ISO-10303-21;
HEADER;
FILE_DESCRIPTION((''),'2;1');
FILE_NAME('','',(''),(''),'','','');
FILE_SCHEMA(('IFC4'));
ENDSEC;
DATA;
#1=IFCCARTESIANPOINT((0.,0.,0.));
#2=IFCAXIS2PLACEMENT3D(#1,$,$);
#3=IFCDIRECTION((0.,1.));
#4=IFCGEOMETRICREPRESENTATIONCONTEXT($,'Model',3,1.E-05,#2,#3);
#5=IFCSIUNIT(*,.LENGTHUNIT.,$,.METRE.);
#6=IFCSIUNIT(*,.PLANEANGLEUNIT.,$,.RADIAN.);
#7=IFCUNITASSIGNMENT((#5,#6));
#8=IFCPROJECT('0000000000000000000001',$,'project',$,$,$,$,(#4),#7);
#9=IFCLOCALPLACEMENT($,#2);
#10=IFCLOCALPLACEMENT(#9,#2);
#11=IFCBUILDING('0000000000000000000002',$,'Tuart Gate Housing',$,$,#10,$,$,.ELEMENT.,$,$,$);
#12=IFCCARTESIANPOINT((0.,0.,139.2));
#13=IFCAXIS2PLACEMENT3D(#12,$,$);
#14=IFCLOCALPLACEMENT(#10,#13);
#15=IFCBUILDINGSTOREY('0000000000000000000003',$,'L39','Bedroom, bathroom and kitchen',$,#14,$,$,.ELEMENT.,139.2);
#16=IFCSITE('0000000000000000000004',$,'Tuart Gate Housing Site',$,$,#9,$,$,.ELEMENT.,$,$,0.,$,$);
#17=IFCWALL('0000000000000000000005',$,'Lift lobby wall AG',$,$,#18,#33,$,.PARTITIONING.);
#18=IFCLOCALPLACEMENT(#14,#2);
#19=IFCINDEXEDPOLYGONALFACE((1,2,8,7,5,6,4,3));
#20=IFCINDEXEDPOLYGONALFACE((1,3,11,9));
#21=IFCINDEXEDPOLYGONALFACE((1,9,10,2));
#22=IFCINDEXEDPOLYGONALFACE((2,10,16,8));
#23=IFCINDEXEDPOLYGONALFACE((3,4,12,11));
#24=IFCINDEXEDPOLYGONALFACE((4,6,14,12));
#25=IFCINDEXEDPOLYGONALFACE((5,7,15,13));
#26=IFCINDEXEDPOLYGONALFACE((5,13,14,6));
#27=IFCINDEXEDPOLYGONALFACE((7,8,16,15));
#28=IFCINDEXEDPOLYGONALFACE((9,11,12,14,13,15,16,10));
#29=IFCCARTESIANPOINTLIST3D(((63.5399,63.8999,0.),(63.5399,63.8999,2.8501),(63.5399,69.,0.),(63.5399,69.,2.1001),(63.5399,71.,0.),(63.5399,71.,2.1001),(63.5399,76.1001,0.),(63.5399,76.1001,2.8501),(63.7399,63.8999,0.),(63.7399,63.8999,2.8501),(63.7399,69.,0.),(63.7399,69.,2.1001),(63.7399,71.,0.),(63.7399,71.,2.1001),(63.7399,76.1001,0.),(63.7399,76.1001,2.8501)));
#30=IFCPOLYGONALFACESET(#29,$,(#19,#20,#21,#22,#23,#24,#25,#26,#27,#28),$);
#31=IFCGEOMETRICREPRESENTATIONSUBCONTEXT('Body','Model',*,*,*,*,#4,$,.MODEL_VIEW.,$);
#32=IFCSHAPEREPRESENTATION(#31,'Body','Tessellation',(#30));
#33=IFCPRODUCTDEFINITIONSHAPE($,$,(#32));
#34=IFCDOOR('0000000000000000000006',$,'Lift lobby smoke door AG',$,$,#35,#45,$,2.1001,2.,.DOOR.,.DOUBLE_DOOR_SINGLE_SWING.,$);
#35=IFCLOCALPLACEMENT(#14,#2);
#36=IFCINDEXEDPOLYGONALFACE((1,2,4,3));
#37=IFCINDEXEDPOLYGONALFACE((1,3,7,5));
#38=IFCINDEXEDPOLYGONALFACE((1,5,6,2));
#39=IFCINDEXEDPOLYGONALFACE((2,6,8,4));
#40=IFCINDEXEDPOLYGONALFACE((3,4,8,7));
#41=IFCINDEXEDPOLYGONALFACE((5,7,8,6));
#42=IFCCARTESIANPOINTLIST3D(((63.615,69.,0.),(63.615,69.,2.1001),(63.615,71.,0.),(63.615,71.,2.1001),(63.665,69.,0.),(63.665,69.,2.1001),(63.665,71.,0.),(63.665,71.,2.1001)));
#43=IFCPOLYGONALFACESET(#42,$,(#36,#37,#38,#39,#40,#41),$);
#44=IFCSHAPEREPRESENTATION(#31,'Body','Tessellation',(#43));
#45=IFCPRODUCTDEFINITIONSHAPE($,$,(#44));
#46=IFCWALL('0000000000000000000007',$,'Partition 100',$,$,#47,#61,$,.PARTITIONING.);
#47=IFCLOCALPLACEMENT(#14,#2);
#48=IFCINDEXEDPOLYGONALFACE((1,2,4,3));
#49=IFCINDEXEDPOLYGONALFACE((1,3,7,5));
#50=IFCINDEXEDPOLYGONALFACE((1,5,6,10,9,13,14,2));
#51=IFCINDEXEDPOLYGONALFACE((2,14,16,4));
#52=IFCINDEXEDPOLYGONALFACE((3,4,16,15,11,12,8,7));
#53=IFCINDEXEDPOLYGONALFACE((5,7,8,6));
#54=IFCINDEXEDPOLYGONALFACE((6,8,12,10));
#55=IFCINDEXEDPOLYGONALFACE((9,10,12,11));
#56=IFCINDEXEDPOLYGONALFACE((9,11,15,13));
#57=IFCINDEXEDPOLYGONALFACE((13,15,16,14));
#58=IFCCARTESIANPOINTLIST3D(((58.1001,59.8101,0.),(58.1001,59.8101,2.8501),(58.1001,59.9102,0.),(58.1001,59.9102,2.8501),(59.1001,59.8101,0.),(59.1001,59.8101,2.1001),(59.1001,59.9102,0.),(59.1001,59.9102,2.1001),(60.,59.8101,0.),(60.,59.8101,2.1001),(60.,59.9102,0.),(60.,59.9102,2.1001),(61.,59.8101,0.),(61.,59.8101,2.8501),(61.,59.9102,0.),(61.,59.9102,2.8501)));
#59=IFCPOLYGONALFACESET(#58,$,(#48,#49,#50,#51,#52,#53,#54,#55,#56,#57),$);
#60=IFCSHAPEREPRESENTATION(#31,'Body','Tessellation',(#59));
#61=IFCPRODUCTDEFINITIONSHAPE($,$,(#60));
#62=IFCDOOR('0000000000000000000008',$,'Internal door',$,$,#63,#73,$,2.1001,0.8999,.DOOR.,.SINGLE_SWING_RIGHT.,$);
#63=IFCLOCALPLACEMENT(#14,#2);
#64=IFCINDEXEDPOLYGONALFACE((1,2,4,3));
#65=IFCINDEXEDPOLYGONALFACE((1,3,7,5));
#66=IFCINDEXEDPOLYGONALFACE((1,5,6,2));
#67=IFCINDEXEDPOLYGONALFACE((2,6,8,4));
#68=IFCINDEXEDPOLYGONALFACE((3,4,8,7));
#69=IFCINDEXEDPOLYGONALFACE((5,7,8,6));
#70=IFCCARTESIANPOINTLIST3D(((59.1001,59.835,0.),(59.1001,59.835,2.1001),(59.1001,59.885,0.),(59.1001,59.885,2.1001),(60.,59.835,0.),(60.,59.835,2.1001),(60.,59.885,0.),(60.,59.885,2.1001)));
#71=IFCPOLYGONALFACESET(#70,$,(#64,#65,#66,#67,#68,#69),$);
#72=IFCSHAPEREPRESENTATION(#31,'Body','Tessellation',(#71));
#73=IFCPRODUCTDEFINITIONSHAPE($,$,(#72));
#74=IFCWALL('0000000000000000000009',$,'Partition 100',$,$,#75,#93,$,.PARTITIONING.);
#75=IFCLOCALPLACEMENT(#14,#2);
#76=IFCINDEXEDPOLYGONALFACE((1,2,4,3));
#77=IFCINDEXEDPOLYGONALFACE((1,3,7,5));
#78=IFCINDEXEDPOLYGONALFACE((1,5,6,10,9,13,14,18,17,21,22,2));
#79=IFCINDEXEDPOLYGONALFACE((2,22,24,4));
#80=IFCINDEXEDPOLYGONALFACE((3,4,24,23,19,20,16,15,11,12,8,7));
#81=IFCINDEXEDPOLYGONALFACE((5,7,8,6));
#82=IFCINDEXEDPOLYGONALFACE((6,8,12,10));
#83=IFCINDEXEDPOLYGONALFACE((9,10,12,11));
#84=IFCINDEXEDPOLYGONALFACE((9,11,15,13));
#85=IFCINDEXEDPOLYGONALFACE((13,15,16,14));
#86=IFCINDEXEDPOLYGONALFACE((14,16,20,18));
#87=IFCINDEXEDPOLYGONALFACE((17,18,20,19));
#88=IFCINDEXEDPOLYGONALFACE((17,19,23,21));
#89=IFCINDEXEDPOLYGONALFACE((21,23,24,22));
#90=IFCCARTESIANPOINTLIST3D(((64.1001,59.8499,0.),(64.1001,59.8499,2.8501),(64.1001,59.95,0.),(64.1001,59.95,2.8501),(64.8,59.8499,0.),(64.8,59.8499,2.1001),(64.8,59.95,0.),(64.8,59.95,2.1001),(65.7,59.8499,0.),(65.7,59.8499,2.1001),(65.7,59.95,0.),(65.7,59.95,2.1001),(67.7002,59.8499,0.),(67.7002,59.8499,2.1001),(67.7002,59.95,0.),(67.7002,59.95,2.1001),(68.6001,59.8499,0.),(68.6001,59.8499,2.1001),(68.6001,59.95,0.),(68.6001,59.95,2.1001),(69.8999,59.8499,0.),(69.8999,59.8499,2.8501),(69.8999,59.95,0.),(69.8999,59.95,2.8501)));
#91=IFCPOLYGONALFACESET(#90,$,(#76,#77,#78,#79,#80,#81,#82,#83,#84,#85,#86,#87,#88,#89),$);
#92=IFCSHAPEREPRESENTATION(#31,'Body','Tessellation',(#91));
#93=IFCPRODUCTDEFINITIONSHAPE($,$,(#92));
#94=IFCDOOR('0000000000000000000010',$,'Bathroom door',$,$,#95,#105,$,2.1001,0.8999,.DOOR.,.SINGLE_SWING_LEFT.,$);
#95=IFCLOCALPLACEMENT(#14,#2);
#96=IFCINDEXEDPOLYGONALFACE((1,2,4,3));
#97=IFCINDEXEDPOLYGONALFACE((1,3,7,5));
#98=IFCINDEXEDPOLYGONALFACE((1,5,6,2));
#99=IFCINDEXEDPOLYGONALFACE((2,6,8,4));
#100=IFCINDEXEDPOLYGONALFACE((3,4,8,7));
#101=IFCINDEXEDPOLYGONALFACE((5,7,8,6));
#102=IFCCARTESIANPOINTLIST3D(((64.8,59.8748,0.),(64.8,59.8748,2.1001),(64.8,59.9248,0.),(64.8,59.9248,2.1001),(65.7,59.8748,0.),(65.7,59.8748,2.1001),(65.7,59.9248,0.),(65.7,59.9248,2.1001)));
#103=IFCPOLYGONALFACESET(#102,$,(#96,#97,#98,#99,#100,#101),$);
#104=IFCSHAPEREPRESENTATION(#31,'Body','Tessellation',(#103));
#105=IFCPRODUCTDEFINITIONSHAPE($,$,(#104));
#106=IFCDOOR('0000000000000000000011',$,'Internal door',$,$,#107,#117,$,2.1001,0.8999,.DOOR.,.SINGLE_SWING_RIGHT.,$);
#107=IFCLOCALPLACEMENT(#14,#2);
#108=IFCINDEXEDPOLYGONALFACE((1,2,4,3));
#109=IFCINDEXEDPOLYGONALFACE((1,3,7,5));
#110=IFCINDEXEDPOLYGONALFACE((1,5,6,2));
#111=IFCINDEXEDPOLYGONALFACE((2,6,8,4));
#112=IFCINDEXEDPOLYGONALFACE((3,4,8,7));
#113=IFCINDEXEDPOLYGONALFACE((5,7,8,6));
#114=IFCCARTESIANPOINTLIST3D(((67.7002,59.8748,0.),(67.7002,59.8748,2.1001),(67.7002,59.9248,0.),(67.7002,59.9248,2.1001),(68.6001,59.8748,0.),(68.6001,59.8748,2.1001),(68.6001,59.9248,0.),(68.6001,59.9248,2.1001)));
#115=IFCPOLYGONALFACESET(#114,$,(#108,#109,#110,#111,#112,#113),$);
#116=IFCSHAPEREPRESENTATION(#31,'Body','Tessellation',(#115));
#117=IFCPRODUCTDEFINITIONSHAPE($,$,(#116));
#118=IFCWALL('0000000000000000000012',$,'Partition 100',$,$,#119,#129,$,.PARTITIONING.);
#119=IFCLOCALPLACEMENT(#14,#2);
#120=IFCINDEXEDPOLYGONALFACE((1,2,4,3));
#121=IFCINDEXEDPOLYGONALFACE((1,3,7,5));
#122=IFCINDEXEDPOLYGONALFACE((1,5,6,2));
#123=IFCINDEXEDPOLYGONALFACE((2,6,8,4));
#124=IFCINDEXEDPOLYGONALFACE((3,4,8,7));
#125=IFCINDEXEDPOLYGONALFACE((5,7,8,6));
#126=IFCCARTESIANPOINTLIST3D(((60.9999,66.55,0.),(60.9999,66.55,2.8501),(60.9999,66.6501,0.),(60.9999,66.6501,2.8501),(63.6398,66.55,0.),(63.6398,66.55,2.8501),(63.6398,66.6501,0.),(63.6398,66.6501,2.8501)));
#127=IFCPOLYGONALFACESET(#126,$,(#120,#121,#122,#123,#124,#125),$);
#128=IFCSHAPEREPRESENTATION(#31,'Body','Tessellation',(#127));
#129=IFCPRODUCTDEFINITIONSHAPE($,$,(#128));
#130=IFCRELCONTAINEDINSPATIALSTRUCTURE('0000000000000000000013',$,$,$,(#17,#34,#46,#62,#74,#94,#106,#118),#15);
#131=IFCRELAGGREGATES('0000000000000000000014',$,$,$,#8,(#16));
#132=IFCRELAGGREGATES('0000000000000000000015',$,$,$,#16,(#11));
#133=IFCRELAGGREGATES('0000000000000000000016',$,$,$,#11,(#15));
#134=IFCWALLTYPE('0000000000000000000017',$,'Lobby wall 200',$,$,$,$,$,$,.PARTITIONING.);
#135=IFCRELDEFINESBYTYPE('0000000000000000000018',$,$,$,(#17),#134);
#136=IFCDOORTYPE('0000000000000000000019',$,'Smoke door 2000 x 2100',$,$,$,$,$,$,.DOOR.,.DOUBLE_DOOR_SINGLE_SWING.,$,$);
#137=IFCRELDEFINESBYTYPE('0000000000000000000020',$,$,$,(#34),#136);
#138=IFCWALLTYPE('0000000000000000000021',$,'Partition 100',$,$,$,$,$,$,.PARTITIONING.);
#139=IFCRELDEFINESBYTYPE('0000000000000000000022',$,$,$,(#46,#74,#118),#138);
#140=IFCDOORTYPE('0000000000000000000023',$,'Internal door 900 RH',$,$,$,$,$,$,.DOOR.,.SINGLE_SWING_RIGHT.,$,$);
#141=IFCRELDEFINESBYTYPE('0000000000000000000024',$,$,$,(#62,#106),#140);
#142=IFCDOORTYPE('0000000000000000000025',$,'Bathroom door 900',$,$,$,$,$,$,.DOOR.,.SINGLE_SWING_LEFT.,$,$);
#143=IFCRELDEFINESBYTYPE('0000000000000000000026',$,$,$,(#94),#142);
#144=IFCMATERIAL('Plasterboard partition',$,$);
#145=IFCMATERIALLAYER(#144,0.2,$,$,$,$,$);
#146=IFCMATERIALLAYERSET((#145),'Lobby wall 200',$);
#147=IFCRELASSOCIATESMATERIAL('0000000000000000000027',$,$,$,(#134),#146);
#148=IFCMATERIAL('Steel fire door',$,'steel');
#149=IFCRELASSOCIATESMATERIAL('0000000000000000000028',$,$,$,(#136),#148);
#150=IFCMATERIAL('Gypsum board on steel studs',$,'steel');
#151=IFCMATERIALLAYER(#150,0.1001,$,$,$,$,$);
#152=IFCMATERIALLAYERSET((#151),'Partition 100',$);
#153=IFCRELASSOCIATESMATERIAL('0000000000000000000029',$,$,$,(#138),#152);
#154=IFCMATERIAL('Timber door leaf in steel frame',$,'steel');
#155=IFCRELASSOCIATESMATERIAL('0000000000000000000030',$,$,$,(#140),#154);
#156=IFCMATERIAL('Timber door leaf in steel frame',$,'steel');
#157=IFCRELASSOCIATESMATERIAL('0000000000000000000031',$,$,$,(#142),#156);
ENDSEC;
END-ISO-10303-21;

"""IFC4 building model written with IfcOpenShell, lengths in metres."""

from ifc_helpers import new_model, si_unit, direction, frame, frame_2d, origin, place, context, subcontext, project, spatial, rectangle, extrude, material, layer, layer_set, type_object, element, fill, save


model = new_model("IFC4")

# Units and contexts
model_context = context("Model", 3, precision=1e-05, world=origin(), true_north=direction((0.0, 1.0)))
body_context = subcontext(model_context, "Body", "Model", "MODEL_VIEW")
ifc_project = project(units=[si_unit("LENGTHUNIT", "METRE"), si_unit("PLANEANGLEUNIT", "RADIAN")], contexts=[model_context])

# Site, building, storey
site_placement = place(None, origin())
site = spatial("IfcSite", under=ifc_project, at=site_placement, Name="Tuart Gate Housing Site", CompositionType="ELEMENT", RefElevation=0.0)
building_placement = place(site_placement, origin())
building = spatial("IfcBuilding", under=site, at=building_placement, Name="Tuart Gate Housing", CompositionType="ELEMENT")
storey_placement = place(building_placement, frame((0.0, 0.0, 139.2)))
storey = spatial("IfcBuildingStorey", under=building, at=storey_placement, Name="L39", Description="Bedroom, bathroom and kitchen", CompositionType="ELEMENT", Elevation=139.2)

# Walls, openings, doors
ifc_material_1 = material(Name="Plasterboard partition")
ifc_layer_1 = layer(ifc_material_1, 0.2)
ifc_layer_set_1 = layer_set([ifc_layer_1], Name="Lobby wall 200")
wall_type_1 = type_object("IfcWallType", Name="Lobby wall 200", PredefinedType="PARTITIONING", material=ifc_layer_set_1)
wall_1_placement = place(storey_placement, frame((63.6399, 63.8999, 0.0), z_axis=(0.0, 0.0, 1.0), x_axis=(0.0, 1.0, 0.0)))
wall_1 = element("IfcWall", 1, at=wall_1_placement, inside=storey, type_object=wall_type_1, Name="Lift lobby wall AG", PredefinedType="PARTITIONING", context=body_context, shape_type="SweptSolid", body=[
    extrude(rectangle(XDim=12.2002, YDim=0.2, at=frame_2d((6.1001, 0.0))), origin(), (0.0, 0.0, 1.0), 2.8501),
])
opening_1_placement = place(wall_1_placement, frame((5.1001, 0.0, 0.0)))
opening_1 = element("IfcOpeningElement", 2, at=opening_1_placement, cuts=wall_1, PredefinedType="OPENING", context=body_context, shape_type="SweptSolid", body=[
    extrude(rectangle(XDim=2.0, YDim=2.1001, at=frame_2d((1.0, 1.05))), frame((0.0, 0.1099, 0.0), z_axis=(0.0, -1.0, 0.0), x_axis=(1.0, 0.0, 0.0)), (0.0, 0.0, 1.0), 0.22),
])
ifc_material_2 = material(Name="Steel fire door", Category="steel")
door_type_1 = type_object("IfcDoorType", Name="Smoke door 2000 x 2100", OperationType="DOUBLE_DOOR_SINGLE_SWING", PredefinedType="DOOR", material=ifc_material_2)
door_1_placement = place(opening_1_placement, frame((2.0, 0.0, 0.0), z_axis=(0.0, 0.0, 1.0), x_axis=(-1.0, 0.0, 0.0)))
door_1 = element("IfcDoor", 3, at=door_1_placement, inside=storey, type_object=door_type_1, Name="Lift lobby smoke door AG", OperationType="DOUBLE_DOOR_SINGLE_SWING", OverallHeight=2.1001, OverallWidth=2.0, PredefinedType="DOOR", context=body_context, shape_type="SweptSolid", body=[
    extrude(rectangle(XDim=2.0, YDim=2.1001, at=frame_2d((1.0, 1.05))), frame((0.0, 0.0251, 0.0), z_axis=(0.0, -1.0, 0.0), x_axis=(1.0, 0.0, 0.0)), (0.0, 0.0, 1.0), 0.05),
])
fill(opening_1, door_1)
ifc_material_3 = material(Name="Gypsum board on steel studs", Category="steel")
ifc_layer_2 = layer(ifc_material_3, 0.1001)
ifc_layer_set_2 = layer_set([ifc_layer_2], Name="Partition 100")
wall_type_2 = type_object("IfcWallType", Name="Partition 100", PredefinedType="PARTITIONING", material=ifc_layer_set_2)
wall_2_placement = place(storey_placement, frame((58.1001, 59.8601, 0.0), z_axis=(0.0, 0.0, 1.0), x_axis=(1.0, 0.0, 0.0)))
wall_2 = element("IfcWall", 4, at=wall_2_placement, inside=storey, type_object=wall_type_2, Name="Partition 100", PredefinedType="PARTITIONING", context=body_context, shape_type="SweptSolid", body=[
    extrude(rectangle(XDim=2.8999, YDim=0.1001, at=frame_2d((1.45, 0.0))), origin(), (0.0, 0.0, 1.0), 2.8501),
])
opening_2_placement = place(wall_2_placement, frame((1.0, 0.0, 0.0)))
opening_2 = element("IfcOpeningElement", 5, at=opening_2_placement, cuts=wall_2, PredefinedType="OPENING", context=body_context, shape_type="SweptSolid", body=[
    extrude(rectangle(XDim=0.8999, YDim=2.1001, at=frame_2d((0.45, 1.05))), frame((0.0, 0.0601, 0.0), z_axis=(0.0, -1.0, 0.0), x_axis=(1.0, 0.0, 0.0)), (0.0, 0.0, 1.0), 0.1201),
])
ifc_material_4 = material(Name="Timber door leaf in steel frame", Category="steel")
door_type_2 = type_object("IfcDoorType", Name="Internal door 900 RH", OperationType="SINGLE_SWING_RIGHT", PredefinedType="DOOR", material=ifc_material_4)
door_2_placement = place(opening_2_placement, origin())
door_2 = element("IfcDoor", 6, at=door_2_placement, inside=storey, type_object=door_type_2, Name="Internal door", OperationType="SINGLE_SWING_RIGHT", OverallHeight=2.1001, OverallWidth=0.8999, PredefinedType="DOOR", context=body_context, shape_type="SweptSolid", body=[
    extrude(rectangle(XDim=0.8999, YDim=2.1001, at=frame_2d((0.45, 1.05))), frame((0.0, 0.0249, 0.0), z_axis=(0.0, -1.0, 0.0), x_axis=(1.0, 0.0, 0.0)), (0.0, 0.0, 1.0), 0.05),
])
fill(opening_2, door_2)

# Wall, openings, doors
wall_3_placement = place(storey_placement, frame((64.1001, 59.8999, 0.0), z_axis=(0.0, 0.0, 1.0), x_axis=(1.0, 0.0, 0.0)))
wall_3 = element("IfcWall", 7, at=wall_3_placement, inside=storey, type_object=wall_type_2, Name="Partition 100", PredefinedType="PARTITIONING", context=body_context, shape_type="SweptSolid", body=[
    extrude(rectangle(XDim=5.7998, YDim=0.1001, at=frame_2d((2.8999, 0.0))), origin(), (0.0, 0.0, 1.0), 2.8501),
])
opening_3_placement = place(wall_3_placement, frame((3.6001, 0.0, 0.0)))
opening_3 = element("IfcOpeningElement", 8, at=opening_3_placement, cuts=wall_3, PredefinedType="OPENING", context=body_context, shape_type="SweptSolid", body=[
    extrude(rectangle(XDim=0.8999, YDim=2.1001, at=frame_2d((0.45, 1.05))), frame((0.0, 0.0601, 0.0), z_axis=(0.0, -1.0, 0.0), x_axis=(1.0, 0.0, 0.0)), (0.0, 0.0, 1.0), 0.1201),
])
opening_4_placement = place(wall_3_placement, frame((0.7, 0.0, 0.0)))
opening_4 = element("IfcOpeningElement", 9, at=opening_4_placement, cuts=wall_3, PredefinedType="OPENING", context=body_context, shape_type="SweptSolid", body=[
    extrude(rectangle(XDim=0.8999, YDim=2.1001, at=frame_2d((0.45, 1.05))), frame((0.0, 0.0601, 0.0), z_axis=(0.0, -1.0, 0.0), x_axis=(1.0, 0.0, 0.0)), (0.0, 0.0, 1.0), 0.1201),
])
ifc_material_5 = material(Name="Timber door leaf in steel frame", Category="steel")
door_type_3 = type_object("IfcDoorType", Name="Bathroom door 900", OperationType="SINGLE_SWING_LEFT", PredefinedType="DOOR", material=ifc_material_5)
door_3_placement = place(opening_4_placement, frame((0.8999, 0.0, 0.0), z_axis=(0.0, 0.0, 1.0), x_axis=(-1.0, 0.0, 0.0)))
door_3 = element("IfcDoor", 10, at=door_3_placement, inside=storey, type_object=door_type_3, Name="Bathroom door", OperationType="SINGLE_SWING_LEFT", OverallHeight=2.1001, OverallWidth=0.8999, PredefinedType="DOOR", context=body_context, shape_type="SweptSolid", body=[
    extrude(rectangle(XDim=0.8999, YDim=2.1001, at=frame_2d((0.45, 1.05))), frame((0.0, 0.0251, 0.0), z_axis=(0.0, -1.0, 0.0), x_axis=(1.0, 0.0, 0.0)), (0.0, 0.0, 1.0), 0.05),
])
fill(opening_4, door_3)
door_4_placement = place(opening_3_placement, frame((0.8999, 0.0, 0.0), z_axis=(0.0, 0.0, 1.0), x_axis=(-1.0, 0.0, 0.0)))
door_4 = element("IfcDoor", 11, at=door_4_placement, inside=storey, type_object=door_type_2, Name="Internal door", OperationType="SINGLE_SWING_RIGHT", OverallHeight=2.1001, OverallWidth=0.8999, PredefinedType="DOOR", context=body_context, shape_type="SweptSolid", body=[
    extrude(rectangle(XDim=0.8999, YDim=2.1001, at=frame_2d((0.45, 1.05))), frame((0.0, 0.0251, 0.0), z_axis=(0.0, -1.0, 0.0), x_axis=(1.0, 0.0, 0.0)), (0.0, 0.0, 1.0), 0.05),
])
fill(opening_3, door_4)

# Wall
wall_4_placement = place(storey_placement, frame((61.0, 66.6001, 0.0), z_axis=(0.0, 0.0, 1.0), x_axis=(1.0, 0.0, 0.0)))
element("IfcWall", 12, at=wall_4_placement, inside=storey, type_object=wall_type_2, Name="Partition 100", PredefinedType="PARTITIONING", context=body_context, shape_type="SweptSolid", body=[
    extrude(rectangle(XDim=2.6399, YDim=0.1001, at=frame_2d((1.3198, 0.0))), origin(), (0.0, 0.0, 1.0), 2.8501),
])

save(model, "model.ifc")
